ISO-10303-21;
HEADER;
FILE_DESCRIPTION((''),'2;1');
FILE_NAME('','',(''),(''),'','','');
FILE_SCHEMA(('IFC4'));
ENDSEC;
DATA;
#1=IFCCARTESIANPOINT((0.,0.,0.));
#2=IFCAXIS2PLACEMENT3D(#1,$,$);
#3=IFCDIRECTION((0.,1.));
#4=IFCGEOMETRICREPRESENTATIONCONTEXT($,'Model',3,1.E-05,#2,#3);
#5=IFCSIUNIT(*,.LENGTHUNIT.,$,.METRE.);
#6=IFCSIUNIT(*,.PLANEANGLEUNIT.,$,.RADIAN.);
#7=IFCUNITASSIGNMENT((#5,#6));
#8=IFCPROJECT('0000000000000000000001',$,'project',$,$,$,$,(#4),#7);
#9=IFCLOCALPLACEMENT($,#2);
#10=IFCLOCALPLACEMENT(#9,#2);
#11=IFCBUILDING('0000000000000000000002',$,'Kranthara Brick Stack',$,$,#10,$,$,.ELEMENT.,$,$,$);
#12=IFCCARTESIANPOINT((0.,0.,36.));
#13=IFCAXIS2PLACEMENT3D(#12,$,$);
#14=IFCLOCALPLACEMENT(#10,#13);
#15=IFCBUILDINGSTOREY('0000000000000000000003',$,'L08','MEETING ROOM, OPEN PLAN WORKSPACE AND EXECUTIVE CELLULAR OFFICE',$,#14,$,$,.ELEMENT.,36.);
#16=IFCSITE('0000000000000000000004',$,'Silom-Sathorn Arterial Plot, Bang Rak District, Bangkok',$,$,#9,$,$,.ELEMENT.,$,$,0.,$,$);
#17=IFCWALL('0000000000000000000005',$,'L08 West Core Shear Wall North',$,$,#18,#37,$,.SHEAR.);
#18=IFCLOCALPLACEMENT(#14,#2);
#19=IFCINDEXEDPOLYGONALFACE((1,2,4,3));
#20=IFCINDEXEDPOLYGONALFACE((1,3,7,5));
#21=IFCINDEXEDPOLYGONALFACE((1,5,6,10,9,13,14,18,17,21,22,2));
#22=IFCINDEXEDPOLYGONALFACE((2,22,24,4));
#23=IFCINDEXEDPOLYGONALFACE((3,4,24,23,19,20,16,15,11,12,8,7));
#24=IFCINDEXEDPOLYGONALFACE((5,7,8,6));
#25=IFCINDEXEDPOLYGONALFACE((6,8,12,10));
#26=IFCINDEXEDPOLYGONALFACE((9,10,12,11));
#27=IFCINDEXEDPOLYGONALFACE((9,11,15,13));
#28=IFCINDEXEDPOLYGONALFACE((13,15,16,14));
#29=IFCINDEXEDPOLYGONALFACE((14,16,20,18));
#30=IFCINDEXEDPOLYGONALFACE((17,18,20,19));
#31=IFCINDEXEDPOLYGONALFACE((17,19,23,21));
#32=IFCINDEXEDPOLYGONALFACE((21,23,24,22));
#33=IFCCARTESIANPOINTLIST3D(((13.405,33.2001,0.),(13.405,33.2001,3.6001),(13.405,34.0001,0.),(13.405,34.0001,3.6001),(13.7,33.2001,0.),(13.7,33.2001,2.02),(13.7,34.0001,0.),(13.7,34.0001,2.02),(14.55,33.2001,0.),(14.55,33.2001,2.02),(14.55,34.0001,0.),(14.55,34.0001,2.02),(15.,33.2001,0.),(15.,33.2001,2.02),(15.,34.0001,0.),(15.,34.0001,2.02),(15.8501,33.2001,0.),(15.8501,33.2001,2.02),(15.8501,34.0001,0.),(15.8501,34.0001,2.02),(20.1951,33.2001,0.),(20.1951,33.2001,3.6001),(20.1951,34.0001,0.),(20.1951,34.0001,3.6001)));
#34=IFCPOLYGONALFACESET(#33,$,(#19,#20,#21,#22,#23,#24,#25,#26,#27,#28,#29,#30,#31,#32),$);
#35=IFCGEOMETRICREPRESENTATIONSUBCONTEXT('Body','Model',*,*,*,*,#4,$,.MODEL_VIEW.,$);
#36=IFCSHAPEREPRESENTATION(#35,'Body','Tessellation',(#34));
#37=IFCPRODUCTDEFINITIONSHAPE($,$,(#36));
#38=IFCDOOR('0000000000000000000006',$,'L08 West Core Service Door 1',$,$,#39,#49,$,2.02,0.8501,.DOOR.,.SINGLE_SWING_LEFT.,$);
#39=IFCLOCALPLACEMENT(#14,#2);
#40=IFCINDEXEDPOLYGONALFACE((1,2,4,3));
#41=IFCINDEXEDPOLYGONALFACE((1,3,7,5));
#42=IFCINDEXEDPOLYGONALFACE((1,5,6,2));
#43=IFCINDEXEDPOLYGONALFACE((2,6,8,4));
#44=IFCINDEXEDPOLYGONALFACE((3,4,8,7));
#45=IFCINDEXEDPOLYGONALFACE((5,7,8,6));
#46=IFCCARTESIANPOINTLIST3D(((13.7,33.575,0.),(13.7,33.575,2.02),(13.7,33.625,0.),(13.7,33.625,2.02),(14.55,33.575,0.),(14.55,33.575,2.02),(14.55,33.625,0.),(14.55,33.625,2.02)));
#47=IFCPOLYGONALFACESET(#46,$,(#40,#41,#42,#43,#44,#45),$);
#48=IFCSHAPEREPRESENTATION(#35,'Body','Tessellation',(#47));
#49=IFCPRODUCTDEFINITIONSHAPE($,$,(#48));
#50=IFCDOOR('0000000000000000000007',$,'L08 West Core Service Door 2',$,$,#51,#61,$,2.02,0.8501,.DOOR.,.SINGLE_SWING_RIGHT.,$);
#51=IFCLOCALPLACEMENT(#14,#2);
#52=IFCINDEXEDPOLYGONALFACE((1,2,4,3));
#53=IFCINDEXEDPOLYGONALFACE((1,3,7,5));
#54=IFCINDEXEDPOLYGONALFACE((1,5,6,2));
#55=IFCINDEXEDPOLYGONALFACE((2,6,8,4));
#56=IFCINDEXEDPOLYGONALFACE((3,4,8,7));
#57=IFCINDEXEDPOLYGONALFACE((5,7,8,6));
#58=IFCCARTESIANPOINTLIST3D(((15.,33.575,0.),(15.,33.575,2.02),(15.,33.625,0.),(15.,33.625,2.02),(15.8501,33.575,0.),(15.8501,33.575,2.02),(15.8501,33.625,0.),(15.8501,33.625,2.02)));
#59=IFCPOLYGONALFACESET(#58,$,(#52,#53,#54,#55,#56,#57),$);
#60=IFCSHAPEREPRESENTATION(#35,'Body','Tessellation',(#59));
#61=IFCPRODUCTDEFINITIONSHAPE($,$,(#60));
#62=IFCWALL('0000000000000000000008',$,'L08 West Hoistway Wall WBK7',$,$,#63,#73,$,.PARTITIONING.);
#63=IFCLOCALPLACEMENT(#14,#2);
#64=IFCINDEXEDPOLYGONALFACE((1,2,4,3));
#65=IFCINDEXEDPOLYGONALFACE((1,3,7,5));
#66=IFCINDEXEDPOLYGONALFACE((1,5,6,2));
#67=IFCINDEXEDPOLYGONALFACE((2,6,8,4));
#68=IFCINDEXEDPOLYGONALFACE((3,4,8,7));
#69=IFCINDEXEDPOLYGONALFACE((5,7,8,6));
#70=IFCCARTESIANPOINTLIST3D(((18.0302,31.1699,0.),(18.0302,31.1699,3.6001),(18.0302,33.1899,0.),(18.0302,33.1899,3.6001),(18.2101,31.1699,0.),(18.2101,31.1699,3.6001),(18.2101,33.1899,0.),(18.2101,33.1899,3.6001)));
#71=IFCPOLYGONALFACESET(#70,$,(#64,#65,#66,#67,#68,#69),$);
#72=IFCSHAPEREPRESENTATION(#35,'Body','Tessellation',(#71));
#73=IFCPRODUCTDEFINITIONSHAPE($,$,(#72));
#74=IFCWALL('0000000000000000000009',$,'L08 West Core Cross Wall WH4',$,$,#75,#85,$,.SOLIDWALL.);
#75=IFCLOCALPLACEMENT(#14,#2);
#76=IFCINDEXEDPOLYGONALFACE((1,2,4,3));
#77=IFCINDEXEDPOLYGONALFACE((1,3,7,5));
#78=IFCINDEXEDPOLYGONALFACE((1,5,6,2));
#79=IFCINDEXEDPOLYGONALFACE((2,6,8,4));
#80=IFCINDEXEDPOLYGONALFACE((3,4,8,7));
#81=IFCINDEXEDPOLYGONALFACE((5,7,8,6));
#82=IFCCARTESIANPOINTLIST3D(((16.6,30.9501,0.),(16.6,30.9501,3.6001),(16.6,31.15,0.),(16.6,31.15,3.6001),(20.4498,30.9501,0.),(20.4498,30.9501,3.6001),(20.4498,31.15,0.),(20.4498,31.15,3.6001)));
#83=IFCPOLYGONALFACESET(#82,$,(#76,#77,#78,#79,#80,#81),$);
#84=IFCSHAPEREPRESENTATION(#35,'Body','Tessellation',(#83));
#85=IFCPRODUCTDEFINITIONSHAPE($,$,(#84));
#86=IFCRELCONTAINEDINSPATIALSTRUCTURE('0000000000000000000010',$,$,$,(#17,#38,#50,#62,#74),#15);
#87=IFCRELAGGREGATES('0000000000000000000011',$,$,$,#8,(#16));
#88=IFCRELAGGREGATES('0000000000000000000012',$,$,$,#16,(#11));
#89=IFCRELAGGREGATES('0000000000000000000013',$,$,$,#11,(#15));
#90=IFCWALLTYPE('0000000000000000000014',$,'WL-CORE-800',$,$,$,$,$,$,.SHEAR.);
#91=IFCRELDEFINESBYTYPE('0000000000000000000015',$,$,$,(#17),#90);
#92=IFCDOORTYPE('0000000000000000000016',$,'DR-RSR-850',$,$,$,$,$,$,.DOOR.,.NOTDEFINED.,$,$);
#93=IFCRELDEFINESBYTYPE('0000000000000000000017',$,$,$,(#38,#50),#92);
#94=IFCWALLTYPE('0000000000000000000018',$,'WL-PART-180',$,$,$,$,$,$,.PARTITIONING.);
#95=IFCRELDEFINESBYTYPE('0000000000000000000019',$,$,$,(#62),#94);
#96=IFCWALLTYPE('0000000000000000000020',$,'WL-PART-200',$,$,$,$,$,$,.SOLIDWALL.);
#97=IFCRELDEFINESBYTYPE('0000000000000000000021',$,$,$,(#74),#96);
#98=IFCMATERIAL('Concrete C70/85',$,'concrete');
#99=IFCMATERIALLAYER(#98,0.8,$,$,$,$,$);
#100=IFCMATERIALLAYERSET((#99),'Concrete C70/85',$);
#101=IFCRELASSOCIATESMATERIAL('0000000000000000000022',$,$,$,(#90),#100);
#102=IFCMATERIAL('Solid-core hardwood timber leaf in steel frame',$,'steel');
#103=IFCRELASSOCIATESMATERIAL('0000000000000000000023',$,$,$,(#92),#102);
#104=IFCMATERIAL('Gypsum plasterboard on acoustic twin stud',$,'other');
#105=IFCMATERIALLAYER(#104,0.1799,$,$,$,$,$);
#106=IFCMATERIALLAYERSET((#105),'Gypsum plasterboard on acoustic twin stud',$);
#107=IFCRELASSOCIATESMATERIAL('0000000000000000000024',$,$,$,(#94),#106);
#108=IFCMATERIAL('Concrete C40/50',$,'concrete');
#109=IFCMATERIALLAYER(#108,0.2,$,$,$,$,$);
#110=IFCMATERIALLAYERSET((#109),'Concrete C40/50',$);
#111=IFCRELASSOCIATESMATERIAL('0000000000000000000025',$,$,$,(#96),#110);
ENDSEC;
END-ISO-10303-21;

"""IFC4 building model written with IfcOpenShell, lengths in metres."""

from ifc_helpers import new_model, si_unit, direction, frame, frame_2d, origin, place, context, subcontext, project, spatial, rectangle, extrude, material, layer, layer_set, type_object, element, fill, save


model = new_model("IFC4")

# Units and contexts
model_context = context("Model", 3, precision=1e-05, world=origin(), true_north=direction((0.0, 1.0)))
body_context = subcontext(model_context, "Body", "Model", "MODEL_VIEW")
ifc_project = project(units=[si_unit("LENGTHUNIT", "METRE"), si_unit("PLANEANGLEUNIT", "RADIAN")], contexts=[model_context])

# Site, building, storey
site_placement = place(None, origin())
site = spatial("IfcSite", under=ifc_project, at=site_placement, Name="Silom-Sathorn Arterial Plot, Bang Rak District, Bangkok", CompositionType="ELEMENT", RefElevation=0.0)
building_placement = place(site_placement, origin())
building = spatial("IfcBuilding", under=site, at=building_placement, Name="Kranthara Brick Stack", CompositionType="ELEMENT")
storey_placement = place(building_placement, frame((0.0, 0.0, 36.0)))
storey = spatial("IfcBuildingStorey", under=building, at=storey_placement, Name="L08", Description="MEETING ROOM, OPEN PLAN WORKSPACE AND EXECUTIVE CELLULAR OFFICE", CompositionType="ELEMENT", Elevation=36.0)

# Wall, openings, doors
ifc_material_1 = material(Name="Concrete C70/85", Category="concrete")
ifc_layer_1 = layer(ifc_material_1, 0.8)
ifc_layer_set_1 = layer_set([ifc_layer_1], Name="Concrete C70/85")
wall_type_1 = type_object("IfcWallType", Name="WL-CORE-800", PredefinedType="SHEAR", material=ifc_layer_set_1)
wall_1_placement = place(storey_placement, frame((13.405, 33.6001, 0.0), z_axis=(0.0, 0.0, 1.0), x_axis=(1.0, 0.0, 0.0)))
wall_1 = element("IfcWall", 1, at=wall_1_placement, inside=storey, type_object=wall_type_1, Name="L08 West Core Shear Wall North", PredefinedType="SHEAR", context=body_context, shape_type="SweptSolid", body=[
    extrude(rectangle(XDim=6.79, YDim=0.8, at=frame_2d((3.395, 0.0))), origin(), (0.0, 0.0, 1.0), 3.6001),
])
opening_1_placement = place(wall_1_placement, frame((0.2949, 0.0, 0.0)))
opening_1 = element("IfcOpeningElement", 2, at=opening_1_placement, cuts=wall_1, PredefinedType="OPENING", context=body_context, shape_type="SweptSolid", body=[
    extrude(rectangle(XDim=0.8501, YDim=2.02, at=frame_2d((0.425, 1.01))), frame((0.0, 0.4099, 0.0), z_axis=(0.0, -1.0, 0.0), x_axis=(1.0, 0.0, 0.0)), (0.0, 0.0, 1.0), 0.8201),
])
opening_2_placement = place(wall_1_placement, frame((1.595, 0.0, 0.0)))
opening_2 = element("IfcOpeningElement", 3, at=opening_2_placement, cuts=wall_1, PredefinedType="OPENING", context=body_context, shape_type="SweptSolid", body=[
    extrude(rectangle(XDim=0.8501, YDim=2.02, at=frame_2d((0.425, 1.01))), frame((0.0, 0.4099, 0.0), z_axis=(0.0, -1.0, 0.0), x_axis=(1.0, 0.0, 0.0)), (0.0, 0.0, 1.0), 0.8201),
])
ifc_material_2 = material(Name="Solid-core hardwood timber leaf in steel frame", Category="steel")
door_type = type_object("IfcDoorType", Name="DR-RSR-850", OperationType="NOTDEFINED", PredefinedType="DOOR", material=ifc_material_2)
door_1_placement = place(opening_1_placement, origin())
door_1 = element("IfcDoor", 4, at=door_1_placement, inside=storey, type_object=door_type, Name="L08 West Core Service Door 1", OperationType="SINGLE_SWING_LEFT", OverallHeight=2.02, OverallWidth=0.8501, PredefinedType="DOOR", context=body_context, shape_type="SweptSolid", body=[
    extrude(rectangle(XDim=0.8501, YDim=2.02, at=frame_2d((0.425, 1.01))), frame((0.0, 0.0249, 0.0), z_axis=(0.0, -1.0, 0.0), x_axis=(1.0, 0.0, 0.0)), (0.0, 0.0, 1.0), 0.05),
])
fill(opening_1, door_1)
door_2_placement = place(opening_2_placement, origin())
door_2 = element("IfcDoor", 5, at=door_2_placement, inside=storey, type_object=door_type, Name="L08 West Core Service Door 2", OperationType="SINGLE_SWING_RIGHT", OverallHeight=2.02, OverallWidth=0.8501, PredefinedType="DOOR", context=body_context, shape_type="SweptSolid", body=[
    extrude(rectangle(XDim=0.8501, YDim=2.02, at=frame_2d((0.425, 1.01))), frame((0.0, 0.0249, 0.0), z_axis=(0.0, -1.0, 0.0), x_axis=(1.0, 0.0, 0.0)), (0.0, 0.0, 1.0), 0.05),
])
fill(opening_2, door_2)

# Walls
ifc_material_3 = material(Name="Gypsum plasterboard on acoustic twin stud", Category="other")
ifc_layer_2 = layer(ifc_material_3, 0.1799)
ifc_layer_set_2 = layer_set([ifc_layer_2], Name="Gypsum plasterboard on acoustic twin stud")
wall_type_2 = type_object("IfcWallType", Name="WL-PART-180", PredefinedType="PARTITIONING", material=ifc_layer_set_2)
wall_2_placement = place(storey_placement, frame((18.1201, 31.1699, 0.0), z_axis=(0.0, 0.0, 1.0), x_axis=(0.0, 1.0, 0.0)))
element("IfcWall", 6, at=wall_2_placement, inside=storey, type_object=wall_type_2, Name="L08 West Hoistway Wall WBK7", PredefinedType="PARTITIONING", context=body_context, shape_type="SweptSolid", body=[
    extrude(rectangle(XDim=2.02, YDim=0.1799, at=frame_2d((1.01, 0.0))), origin(), (0.0, 0.0, 1.0), 3.6001),
])
ifc_material_4 = material(Name="Concrete C40/50", Category="concrete")
ifc_layer_3 = layer(ifc_material_4, 0.2)
ifc_layer_set_3 = layer_set([ifc_layer_3], Name="Concrete C40/50")
wall_type_3 = type_object("IfcWallType", Name="WL-PART-200", PredefinedType="SOLIDWALL", material=ifc_layer_set_3)
wall_3_placement = place(storey_placement, frame((16.6001, 31.05, 0.0), z_axis=(0.0, 0.0, 1.0), x_axis=(1.0, 0.0, 0.0)))
element("IfcWall", 7, at=wall_3_placement, inside=storey, type_object=wall_type_3, Name="L08 West Core Cross Wall WH4", PredefinedType="SOLIDWALL", context=body_context, shape_type="SweptSolid", body=[
    extrude(rectangle(XDim=3.8499, YDim=0.2, at=frame_2d((1.9248, 0.0))), origin(), (0.0, 0.0, 1.0), 3.6001),
])

save(model, "model.ifc")
